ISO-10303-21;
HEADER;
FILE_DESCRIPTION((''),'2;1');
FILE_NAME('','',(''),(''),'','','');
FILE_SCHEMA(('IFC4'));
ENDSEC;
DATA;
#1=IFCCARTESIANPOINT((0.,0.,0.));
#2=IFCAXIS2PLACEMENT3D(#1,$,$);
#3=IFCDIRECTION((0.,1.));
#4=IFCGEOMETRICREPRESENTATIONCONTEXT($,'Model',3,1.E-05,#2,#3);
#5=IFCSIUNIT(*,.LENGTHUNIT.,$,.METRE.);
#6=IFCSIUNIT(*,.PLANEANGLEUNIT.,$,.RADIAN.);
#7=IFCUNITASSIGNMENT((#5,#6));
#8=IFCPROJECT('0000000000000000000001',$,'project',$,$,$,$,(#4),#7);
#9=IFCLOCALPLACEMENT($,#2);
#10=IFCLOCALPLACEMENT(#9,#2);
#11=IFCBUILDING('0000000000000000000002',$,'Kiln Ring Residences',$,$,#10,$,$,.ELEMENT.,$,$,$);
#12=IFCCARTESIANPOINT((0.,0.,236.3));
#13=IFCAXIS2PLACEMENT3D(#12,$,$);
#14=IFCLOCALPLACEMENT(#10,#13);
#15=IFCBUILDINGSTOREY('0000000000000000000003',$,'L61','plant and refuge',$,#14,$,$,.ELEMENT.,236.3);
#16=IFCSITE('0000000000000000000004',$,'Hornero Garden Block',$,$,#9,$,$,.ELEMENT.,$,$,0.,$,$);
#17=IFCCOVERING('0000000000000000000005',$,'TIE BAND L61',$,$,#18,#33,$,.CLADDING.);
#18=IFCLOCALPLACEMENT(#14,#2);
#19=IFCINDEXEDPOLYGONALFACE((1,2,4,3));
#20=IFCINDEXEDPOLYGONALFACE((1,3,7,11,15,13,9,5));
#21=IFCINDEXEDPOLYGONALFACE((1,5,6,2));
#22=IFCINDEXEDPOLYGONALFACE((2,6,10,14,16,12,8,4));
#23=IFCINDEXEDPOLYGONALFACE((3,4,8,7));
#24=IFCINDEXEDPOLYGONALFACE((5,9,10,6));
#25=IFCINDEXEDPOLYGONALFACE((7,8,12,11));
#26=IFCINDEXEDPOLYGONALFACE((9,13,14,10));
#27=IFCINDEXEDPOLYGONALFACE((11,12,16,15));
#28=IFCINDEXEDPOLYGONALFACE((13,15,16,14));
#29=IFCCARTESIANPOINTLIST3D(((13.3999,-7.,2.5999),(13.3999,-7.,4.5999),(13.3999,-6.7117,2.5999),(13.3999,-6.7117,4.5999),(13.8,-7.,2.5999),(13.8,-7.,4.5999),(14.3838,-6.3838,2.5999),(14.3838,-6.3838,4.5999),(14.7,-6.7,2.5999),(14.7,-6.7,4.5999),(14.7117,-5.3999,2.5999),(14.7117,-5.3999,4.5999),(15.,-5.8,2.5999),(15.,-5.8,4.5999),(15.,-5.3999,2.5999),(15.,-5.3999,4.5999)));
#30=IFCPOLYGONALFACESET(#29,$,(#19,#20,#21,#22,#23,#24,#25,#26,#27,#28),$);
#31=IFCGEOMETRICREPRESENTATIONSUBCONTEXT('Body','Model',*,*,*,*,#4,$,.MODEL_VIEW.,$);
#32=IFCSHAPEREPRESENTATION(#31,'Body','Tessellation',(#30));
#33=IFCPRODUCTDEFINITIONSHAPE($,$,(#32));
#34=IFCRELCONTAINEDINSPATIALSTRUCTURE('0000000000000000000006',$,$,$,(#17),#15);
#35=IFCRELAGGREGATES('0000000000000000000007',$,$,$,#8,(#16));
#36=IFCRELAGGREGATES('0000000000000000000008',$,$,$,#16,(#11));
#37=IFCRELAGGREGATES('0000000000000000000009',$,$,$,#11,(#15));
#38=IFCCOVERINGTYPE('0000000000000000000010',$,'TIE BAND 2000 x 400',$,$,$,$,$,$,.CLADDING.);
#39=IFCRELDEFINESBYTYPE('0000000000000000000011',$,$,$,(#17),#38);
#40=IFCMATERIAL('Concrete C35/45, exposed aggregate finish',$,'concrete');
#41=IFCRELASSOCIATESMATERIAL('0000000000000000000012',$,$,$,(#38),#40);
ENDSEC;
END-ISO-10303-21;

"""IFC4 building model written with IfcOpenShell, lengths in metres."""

from ifc_helpers import new_model, si_unit, direction, frame, origin, place, context, subcontext, project, spatial, polyline, outline, extrude, material, type_object, element, save


model = new_model("IFC4")

# Units and contexts
model_context = context("Model", 3, precision=1e-05, world=origin(), true_north=direction((0.0, 1.0)))
body_context = subcontext(model_context, "Body", "Model", "MODEL_VIEW")
ifc_project = project(units=[si_unit("LENGTHUNIT", "METRE"), si_unit("PLANEANGLEUNIT", "RADIAN")], contexts=[model_context])

# Site, building, storey
site_placement = place(None, origin())
site = spatial("IfcSite", under=ifc_project, at=site_placement, Name="Hornero Garden Block", CompositionType="ELEMENT", RefElevation=0.0)
building_placement = place(site_placement, origin())
building = spatial("IfcBuilding", under=site, at=building_placement, Name="Kiln Ring Residences", CompositionType="ELEMENT")
storey_placement = place(building_placement, frame((0.0, 0.0, 236.3)))
storey = spatial("IfcBuildingStorey", under=building, at=storey_placement, Name="L61", Description="plant and refuge", CompositionType="ELEMENT", Elevation=236.3)

# Covering
ifc_material_1 = material(Name="Concrete C35/45, exposed aggregate finish", Category="concrete")
covering_type_1 = type_object("IfcCoveringType", Name="TIE BAND 2000 x 400", PredefinedType="CLADDING", material=ifc_material_1)
placement_1 = place(storey_placement, frame((0.0, 0.0, 2.5999)))
element("IfcCovering", 1, at=placement_1, inside=storey, type_object=covering_type_1, Name="TIE BAND L61", PredefinedType="CLADDING", context=body_context, shape_type="SweptSolid", body=[
    extrude(outline(polyline([(15.0, -5.8), (15.0, -5.3999), (14.7117, -5.3999), (14.3838, -6.3838), (13.3999, -6.7117), (13.3999, -7.0), (13.8, -7.0), (14.7, -6.7), (15.0, -5.8)])), origin(), (0.0, 0.0, 1.0), 2.0),
])

save(model, "model.ifc")
